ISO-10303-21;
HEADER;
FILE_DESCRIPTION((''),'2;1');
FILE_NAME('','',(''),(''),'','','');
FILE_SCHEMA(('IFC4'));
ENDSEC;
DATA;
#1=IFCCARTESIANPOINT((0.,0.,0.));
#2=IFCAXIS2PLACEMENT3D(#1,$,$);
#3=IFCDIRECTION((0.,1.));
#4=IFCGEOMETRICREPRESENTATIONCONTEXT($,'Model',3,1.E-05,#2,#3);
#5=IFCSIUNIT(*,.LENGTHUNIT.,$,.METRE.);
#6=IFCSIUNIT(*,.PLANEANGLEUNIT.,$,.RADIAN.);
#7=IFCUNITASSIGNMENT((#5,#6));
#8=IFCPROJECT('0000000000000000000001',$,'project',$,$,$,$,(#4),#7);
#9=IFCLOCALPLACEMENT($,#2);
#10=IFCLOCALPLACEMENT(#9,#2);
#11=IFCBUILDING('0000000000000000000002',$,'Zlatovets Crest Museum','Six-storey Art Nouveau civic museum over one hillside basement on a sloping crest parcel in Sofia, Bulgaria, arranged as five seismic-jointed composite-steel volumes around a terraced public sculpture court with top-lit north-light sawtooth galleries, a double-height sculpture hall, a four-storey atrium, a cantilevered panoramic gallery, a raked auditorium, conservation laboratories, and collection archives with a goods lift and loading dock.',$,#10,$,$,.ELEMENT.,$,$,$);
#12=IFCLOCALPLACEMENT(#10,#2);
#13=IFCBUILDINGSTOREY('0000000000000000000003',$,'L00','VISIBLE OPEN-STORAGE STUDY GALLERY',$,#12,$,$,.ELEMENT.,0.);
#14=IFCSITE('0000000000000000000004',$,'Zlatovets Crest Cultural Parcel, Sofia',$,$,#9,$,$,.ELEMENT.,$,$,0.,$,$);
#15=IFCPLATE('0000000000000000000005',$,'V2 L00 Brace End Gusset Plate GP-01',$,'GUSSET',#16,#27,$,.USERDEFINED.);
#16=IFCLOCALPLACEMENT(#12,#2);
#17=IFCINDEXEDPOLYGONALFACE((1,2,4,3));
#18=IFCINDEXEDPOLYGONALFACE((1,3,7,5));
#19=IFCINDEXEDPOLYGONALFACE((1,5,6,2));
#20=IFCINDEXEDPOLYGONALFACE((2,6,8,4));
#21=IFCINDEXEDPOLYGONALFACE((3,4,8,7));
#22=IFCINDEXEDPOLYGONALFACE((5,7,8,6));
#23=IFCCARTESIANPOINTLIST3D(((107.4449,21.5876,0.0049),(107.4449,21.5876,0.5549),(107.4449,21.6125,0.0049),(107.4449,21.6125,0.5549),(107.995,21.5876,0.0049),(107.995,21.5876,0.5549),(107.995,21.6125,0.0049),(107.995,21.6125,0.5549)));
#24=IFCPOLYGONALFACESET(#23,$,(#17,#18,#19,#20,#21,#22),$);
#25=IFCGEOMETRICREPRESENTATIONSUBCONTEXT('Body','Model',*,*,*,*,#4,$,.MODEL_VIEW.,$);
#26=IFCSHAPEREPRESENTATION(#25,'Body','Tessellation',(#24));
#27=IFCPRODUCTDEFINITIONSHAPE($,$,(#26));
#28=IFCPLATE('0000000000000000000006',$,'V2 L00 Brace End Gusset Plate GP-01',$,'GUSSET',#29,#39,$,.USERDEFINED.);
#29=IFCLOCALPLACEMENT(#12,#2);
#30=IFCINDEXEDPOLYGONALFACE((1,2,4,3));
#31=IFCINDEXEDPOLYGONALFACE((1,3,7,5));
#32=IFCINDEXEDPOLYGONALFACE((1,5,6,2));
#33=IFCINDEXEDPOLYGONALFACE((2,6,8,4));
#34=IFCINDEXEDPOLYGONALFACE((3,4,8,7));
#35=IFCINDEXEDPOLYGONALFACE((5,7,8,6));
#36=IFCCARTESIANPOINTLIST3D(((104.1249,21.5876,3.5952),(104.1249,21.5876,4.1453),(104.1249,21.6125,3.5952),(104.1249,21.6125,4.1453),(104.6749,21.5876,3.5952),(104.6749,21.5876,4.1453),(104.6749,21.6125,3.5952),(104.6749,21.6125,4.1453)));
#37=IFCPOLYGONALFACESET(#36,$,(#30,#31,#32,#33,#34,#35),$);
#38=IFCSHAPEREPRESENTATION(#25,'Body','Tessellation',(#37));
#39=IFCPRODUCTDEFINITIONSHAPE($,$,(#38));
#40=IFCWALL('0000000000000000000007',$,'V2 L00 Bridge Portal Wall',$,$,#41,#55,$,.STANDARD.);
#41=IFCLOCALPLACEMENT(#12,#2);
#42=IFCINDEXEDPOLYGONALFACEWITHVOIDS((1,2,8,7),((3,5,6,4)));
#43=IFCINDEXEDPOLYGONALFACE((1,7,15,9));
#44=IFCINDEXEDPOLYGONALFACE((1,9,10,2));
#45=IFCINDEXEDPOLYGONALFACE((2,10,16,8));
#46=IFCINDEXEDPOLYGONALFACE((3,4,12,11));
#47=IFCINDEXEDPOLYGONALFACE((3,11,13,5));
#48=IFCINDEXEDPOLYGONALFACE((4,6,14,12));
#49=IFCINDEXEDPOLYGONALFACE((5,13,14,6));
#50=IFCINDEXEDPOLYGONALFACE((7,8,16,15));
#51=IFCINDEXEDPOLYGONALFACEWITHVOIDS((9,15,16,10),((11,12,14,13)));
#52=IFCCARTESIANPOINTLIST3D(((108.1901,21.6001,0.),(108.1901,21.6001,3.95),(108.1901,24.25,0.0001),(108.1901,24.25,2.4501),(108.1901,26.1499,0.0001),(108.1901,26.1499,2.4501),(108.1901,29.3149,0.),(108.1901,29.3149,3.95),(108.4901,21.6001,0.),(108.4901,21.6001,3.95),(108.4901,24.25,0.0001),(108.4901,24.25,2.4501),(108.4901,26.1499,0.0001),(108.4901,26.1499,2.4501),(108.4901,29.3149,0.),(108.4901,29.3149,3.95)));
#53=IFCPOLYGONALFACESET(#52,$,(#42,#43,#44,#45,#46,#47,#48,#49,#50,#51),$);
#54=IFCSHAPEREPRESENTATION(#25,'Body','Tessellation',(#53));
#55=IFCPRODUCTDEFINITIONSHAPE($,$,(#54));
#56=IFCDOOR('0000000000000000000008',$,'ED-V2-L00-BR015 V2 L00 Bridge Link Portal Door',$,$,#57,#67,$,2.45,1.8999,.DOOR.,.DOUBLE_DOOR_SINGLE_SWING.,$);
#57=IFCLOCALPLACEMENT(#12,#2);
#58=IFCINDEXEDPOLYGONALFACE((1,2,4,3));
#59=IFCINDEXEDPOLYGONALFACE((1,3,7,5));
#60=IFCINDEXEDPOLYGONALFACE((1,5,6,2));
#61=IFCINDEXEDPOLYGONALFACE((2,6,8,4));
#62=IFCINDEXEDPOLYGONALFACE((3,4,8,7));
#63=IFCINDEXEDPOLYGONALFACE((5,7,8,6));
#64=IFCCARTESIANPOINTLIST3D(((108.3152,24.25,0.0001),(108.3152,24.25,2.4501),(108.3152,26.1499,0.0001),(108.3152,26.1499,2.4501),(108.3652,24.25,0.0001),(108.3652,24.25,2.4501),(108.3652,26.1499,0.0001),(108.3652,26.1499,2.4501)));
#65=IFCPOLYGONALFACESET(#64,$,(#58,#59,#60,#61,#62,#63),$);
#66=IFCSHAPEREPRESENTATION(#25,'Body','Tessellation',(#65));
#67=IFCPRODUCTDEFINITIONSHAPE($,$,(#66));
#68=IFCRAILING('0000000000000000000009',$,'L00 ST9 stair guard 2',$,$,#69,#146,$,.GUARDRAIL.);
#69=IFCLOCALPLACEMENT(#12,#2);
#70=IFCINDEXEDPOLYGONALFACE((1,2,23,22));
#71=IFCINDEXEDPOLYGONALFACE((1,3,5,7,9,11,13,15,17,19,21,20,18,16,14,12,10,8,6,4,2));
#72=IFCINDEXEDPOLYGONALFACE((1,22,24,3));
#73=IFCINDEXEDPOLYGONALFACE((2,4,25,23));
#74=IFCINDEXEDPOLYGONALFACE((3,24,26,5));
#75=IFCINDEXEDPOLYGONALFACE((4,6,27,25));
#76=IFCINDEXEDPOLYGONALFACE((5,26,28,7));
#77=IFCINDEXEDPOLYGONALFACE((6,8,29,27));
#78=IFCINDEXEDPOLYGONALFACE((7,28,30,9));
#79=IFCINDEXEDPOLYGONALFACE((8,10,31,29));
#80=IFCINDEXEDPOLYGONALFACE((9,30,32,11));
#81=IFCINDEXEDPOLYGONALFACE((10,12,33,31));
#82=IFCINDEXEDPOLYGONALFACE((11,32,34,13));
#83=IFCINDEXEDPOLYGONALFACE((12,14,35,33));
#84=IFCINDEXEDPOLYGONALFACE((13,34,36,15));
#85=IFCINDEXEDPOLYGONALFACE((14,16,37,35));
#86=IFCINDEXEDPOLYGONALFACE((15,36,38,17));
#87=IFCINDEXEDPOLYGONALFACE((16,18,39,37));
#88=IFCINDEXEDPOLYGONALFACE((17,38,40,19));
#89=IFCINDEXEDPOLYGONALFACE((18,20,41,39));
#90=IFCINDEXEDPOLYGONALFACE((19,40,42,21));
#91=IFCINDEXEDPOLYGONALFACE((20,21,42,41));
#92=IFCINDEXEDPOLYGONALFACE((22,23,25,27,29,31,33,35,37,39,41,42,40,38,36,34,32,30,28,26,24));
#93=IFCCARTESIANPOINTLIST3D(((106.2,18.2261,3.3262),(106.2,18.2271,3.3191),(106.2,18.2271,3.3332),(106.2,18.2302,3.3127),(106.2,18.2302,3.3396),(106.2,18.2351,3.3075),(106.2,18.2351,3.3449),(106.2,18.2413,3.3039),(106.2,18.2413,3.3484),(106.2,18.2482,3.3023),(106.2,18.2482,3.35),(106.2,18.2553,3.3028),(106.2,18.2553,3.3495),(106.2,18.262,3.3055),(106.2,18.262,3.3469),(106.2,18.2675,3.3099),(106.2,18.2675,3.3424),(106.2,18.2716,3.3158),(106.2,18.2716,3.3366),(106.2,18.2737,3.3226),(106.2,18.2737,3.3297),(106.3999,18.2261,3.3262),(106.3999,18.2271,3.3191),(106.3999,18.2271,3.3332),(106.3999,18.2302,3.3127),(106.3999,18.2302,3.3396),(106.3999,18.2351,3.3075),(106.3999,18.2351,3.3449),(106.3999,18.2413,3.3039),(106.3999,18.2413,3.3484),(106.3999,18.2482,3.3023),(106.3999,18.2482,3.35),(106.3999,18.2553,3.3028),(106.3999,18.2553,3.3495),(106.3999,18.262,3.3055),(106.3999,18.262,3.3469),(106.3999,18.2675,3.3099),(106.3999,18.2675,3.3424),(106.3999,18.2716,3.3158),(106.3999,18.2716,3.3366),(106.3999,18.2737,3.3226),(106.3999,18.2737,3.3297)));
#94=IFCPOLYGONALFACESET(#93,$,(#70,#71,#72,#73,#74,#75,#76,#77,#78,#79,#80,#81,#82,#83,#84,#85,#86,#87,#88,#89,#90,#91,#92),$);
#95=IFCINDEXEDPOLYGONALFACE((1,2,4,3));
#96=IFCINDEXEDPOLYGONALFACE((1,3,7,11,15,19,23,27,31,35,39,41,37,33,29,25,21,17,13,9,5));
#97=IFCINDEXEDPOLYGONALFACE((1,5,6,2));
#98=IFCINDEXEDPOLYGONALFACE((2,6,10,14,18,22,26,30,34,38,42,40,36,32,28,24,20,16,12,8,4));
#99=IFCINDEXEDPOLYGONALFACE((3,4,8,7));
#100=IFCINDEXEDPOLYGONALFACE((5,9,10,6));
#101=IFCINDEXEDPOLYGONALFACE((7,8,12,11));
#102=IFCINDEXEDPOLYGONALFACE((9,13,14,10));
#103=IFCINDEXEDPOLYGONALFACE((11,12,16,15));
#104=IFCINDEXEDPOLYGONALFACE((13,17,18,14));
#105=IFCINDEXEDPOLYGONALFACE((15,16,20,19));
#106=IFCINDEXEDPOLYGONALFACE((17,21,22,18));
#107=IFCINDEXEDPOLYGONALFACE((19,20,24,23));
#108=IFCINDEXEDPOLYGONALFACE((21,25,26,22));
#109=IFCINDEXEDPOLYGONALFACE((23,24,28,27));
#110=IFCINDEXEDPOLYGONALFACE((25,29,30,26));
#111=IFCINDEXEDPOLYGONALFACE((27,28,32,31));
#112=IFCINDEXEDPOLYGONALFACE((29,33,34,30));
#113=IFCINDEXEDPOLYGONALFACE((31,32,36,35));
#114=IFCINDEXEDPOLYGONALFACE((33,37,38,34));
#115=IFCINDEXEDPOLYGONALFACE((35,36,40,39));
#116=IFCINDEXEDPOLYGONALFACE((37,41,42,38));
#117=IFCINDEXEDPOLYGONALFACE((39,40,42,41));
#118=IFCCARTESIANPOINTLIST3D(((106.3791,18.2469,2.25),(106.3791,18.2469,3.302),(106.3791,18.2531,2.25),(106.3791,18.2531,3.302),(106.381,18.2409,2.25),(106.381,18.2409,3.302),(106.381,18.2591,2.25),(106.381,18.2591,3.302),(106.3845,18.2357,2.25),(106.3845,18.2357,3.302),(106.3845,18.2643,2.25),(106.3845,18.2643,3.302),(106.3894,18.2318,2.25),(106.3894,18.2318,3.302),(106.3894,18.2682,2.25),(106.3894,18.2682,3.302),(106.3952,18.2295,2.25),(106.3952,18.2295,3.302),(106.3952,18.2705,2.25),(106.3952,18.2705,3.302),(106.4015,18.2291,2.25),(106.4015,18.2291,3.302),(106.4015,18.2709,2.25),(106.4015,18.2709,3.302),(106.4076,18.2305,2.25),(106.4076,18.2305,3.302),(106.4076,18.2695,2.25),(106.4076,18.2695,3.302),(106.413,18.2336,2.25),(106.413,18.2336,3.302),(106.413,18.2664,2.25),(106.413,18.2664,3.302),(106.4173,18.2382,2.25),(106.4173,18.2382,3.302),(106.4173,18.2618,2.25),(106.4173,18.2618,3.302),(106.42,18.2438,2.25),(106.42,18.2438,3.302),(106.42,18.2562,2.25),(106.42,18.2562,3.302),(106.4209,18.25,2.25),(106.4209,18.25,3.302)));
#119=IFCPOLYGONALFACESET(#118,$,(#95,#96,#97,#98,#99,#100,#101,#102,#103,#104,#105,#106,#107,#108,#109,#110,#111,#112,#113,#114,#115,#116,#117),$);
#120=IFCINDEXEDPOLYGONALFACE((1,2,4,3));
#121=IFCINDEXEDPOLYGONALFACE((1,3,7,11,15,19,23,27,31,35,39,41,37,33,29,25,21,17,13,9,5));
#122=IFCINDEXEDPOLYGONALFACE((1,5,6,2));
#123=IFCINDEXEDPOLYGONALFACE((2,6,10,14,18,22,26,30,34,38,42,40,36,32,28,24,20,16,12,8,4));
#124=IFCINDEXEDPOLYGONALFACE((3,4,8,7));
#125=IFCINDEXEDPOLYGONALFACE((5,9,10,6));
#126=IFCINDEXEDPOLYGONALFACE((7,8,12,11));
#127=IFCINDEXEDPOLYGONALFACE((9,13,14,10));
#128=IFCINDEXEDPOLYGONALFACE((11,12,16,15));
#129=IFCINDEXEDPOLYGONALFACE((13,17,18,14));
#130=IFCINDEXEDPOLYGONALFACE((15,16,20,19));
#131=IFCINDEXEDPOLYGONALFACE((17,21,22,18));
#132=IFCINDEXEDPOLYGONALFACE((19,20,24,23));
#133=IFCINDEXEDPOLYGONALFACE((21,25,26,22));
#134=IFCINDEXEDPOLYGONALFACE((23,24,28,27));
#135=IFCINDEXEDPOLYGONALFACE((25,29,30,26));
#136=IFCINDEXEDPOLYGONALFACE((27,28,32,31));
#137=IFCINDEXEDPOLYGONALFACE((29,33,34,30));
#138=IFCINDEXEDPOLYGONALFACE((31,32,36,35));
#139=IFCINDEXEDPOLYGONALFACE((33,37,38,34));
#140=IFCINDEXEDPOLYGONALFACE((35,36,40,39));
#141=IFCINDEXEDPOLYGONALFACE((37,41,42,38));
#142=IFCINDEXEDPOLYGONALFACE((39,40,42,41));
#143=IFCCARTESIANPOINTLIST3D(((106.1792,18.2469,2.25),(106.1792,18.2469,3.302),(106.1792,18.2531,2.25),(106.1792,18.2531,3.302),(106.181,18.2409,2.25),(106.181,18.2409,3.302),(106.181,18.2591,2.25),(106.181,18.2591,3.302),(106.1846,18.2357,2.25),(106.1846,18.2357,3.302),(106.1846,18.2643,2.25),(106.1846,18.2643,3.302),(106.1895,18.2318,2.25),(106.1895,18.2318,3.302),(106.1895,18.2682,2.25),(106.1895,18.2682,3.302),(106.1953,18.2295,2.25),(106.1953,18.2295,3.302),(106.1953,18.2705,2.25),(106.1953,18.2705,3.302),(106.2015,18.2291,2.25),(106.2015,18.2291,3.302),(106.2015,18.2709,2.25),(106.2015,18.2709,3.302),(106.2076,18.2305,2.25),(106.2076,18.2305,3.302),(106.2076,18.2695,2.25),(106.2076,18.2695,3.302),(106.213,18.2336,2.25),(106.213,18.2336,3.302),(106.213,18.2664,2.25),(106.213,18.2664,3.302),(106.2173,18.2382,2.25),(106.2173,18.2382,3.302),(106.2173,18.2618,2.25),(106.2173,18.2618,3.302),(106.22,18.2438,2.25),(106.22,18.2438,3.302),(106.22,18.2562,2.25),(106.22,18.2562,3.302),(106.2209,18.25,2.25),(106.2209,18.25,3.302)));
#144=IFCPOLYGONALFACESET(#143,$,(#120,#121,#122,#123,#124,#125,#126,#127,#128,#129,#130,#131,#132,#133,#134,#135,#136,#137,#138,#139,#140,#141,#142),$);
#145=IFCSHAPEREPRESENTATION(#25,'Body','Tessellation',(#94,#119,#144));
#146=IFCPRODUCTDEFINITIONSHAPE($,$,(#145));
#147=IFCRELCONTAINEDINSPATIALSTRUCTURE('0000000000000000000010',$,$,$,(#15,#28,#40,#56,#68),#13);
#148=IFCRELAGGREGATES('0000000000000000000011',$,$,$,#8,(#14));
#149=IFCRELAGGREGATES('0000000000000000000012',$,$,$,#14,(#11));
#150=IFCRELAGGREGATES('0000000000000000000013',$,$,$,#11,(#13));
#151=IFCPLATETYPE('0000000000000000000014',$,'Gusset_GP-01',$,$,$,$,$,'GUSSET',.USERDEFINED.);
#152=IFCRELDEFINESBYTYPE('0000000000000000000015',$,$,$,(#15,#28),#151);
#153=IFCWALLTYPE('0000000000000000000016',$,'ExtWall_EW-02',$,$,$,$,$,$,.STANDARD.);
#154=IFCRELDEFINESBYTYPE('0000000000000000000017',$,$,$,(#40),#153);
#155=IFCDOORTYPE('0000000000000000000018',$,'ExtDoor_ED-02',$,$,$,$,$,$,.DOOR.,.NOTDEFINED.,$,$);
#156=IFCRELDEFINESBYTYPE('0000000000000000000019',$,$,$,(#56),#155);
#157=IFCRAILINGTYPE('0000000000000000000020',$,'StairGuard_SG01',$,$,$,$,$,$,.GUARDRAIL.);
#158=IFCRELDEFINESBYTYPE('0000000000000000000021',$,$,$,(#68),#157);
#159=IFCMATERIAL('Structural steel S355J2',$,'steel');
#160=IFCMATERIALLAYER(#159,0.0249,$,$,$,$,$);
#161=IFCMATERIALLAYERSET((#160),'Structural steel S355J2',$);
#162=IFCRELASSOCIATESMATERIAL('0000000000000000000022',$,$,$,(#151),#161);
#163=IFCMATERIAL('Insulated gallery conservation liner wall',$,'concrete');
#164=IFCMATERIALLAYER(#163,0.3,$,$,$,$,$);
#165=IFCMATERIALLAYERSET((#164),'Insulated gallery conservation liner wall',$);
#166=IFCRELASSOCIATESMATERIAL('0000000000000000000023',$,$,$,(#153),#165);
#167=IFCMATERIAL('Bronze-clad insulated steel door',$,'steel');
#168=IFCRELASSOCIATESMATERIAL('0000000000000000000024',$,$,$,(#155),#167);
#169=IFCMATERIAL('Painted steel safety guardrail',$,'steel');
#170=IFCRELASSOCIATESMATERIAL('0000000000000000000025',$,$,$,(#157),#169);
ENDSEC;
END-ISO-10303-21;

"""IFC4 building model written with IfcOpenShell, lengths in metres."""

from ifc_helpers import new_model, si_unit, direction, frame, frame_2d, origin, origin_2d, place, context, subcontext, project, spatial, rectangle, circle, extrude, material, layer, layer_set, type_object, element, fill, save


model = new_model("IFC4")

# Units and contexts
model_context = context("Model", 3, precision=1e-05, world=origin(), true_north=direction((0.0, 1.0)))
body_context = subcontext(model_context, "Body", "Model", "MODEL_VIEW")
ifc_project = project(units=[si_unit("LENGTHUNIT", "METRE"), si_unit("PLANEANGLEUNIT", "RADIAN")], contexts=[model_context])

# Site, building, storey
site_placement = place(None, origin())
site = spatial("IfcSite", under=ifc_project, at=site_placement, Name="Zlatovets Crest Cultural Parcel, Sofia", CompositionType="ELEMENT", RefElevation=0.0)
building_placement = place(site_placement, origin())
building = spatial("IfcBuilding", under=site, at=building_placement, Name="Zlatovets Crest Museum", Description="Six-storey Art Nouveau civic museum over one hillside basement on a sloping crest parcel in Sofia, Bulgaria, arranged as five seismic-jointed composite-steel volumes around a terraced public sculpture court with top-lit north-light sawtooth galleries, a double-height sculpture hall, a four-storey atrium, a cantilevered panoramic gallery, a raked auditorium, conservation laboratories, and collection archives with a goods lift and loading dock.", CompositionType="ELEMENT")
storey_placement = place(building_placement, origin())
storey = spatial("IfcBuildingStorey", under=building, at=storey_placement, Name="L00", Description="VISIBLE OPEN-STORAGE STUDY GALLERY", CompositionType="ELEMENT", Elevation=0.0)

# Shared definitions
ifc_material_1 = material(Name="Structural steel S355J2", Category="steel")

# Plates
ifc_layer_1 = layer(ifc_material_1, 0.0249)
ifc_layer_set_1 = layer_set([ifc_layer_1], Name="Structural steel S355J2")
plate_type_1 = type_object("IfcPlateType", Name="Gusset_GP-01", ElementType="GUSSET", PredefinedType="USERDEFINED", material=ifc_layer_set_1)
for number, where, z_axis, x_axis, name in (
    (1, (107.72, 21.6001, 0.0049), (0.0, 0.0, 1.0), (1.0, 0.0, 0.0), "V2 L00 Brace End Gusset Plate GP-01"),
    (2, (104.3999, 21.6001, 3.5952), (0.0, 0.0, 1.0), (1.0, 0.0, 0.0), "V2 L00 Brace End Gusset Plate GP-01"),
):
    element("IfcPlate", number, at=place(storey_placement, frame(where, z_axis=z_axis, x_axis=x_axis)), inside=storey, type_object=plate_type_1, Name=name, ObjectType="GUSSET", PredefinedType="USERDEFINED", context=body_context, shape_type="SweptSolid", body=[
        extrude(rectangle(XDim=0.55, YDim=0.0249, at=origin_2d()), origin(), (0.0, 0.0, 1.0), 0.55),
    ])

# Wall, opening, door
ifc_material_2 = material(Name="Insulated gallery conservation liner wall", Category="concrete")
ifc_layer_2 = layer(ifc_material_2, 0.3)
ifc_layer_set_2 = layer_set([ifc_layer_2], Name="Insulated gallery conservation liner wall")
wall_type = type_object("IfcWallType", Name="ExtWall_EW-02", PredefinedType="STANDARD", material=ifc_layer_set_2)
wall_placement = place(storey_placement, frame((108.3401, 21.6001, 0.0), z_axis=(0.0, 0.0, 1.0), x_axis=(0.0, 1.0, 0.0)))
wall = element("IfcWall", 3, at=wall_placement, inside=storey, type_object=wall_type, Name="V2 L00 Bridge Portal Wall", PredefinedType="STANDARD", context=body_context, shape_type="SweptSolid", body=[
    extrude(rectangle(XDim=7.7148, YDim=0.3, at=frame_2d((3.8574, 0.0))), origin(), (0.0, 0.0, 1.0), 3.95),
])
opening_placement = place(wall_placement, frame((2.6499, 0.0, 0.0)))
opening = element("IfcOpeningElement", 4, at=opening_placement, cuts=wall, PredefinedType="OPENING", context=body_context, shape_type="SweptSolid", body=[
    extrude(rectangle(XDim=1.8999, YDim=2.45, at=frame_2d((0.95, 1.2251))), frame((0.0, 0.1602, 0.0), z_axis=(0.0, -1.0, 0.0), x_axis=(1.0, 0.0, 0.0)), (0.0, 0.0, 1.0), 0.3201),
])
ifc_material_3 = material(Name="Bronze-clad insulated steel door", Category="steel")
door_type = type_object("IfcDoorType", Name="ExtDoor_ED-02", OperationType="NOTDEFINED", PredefinedType="DOOR", material=ifc_material_3)
door_placement = place(opening_placement, origin())
door = element("IfcDoor", 5, at=door_placement, inside=storey, type_object=door_type, Name="ED-V2-L00-BR015 V2 L00 Bridge Link Portal Door", OperationType="DOUBLE_DOOR_SINGLE_SWING", OverallHeight=2.45, OverallWidth=1.8999, PredefinedType="DOOR", context=body_context, shape_type="SweptSolid", body=[
    extrude(rectangle(XDim=1.8999, YDim=2.45, at=frame_2d((0.95, 1.2251))), frame((0.0, 0.0249, 0.0), z_axis=(0.0, -1.0, 0.0), x_axis=(1.0, 0.0, 0.0)), (0.0, 0.0, 1.0), 0.05),
])
fill(opening, door)

# Railing
ifc_material_4 = material(Name="Painted steel safety guardrail", Category="steel")
railing_type = type_object("IfcRailingType", Name="StairGuard_SG01", PredefinedType="GUARDRAIL", material=ifc_material_4)
railing_1_placement = place(storey_placement, frame((106.3999, 18.25, 2.25)))
element("IfcRailing", 6, at=railing_1_placement, inside=storey, type_object=railing_type, Name="L00 ST9 stair guard 2", PredefinedType="GUARDRAIL", context=body_context, shape_type="SweptSolid", body=[
    extrude(circle(Radius=0.0239, at=origin_2d()), frame((0.0, 0.0, 1.0762), z_axis=(-1.0, 0.0, 0.0), x_axis=(0.0, -1.0, 0.0)), (0.0, 0.0, 1.0), 0.2),
    extrude(circle(Radius=0.021, at=origin_2d()), origin(), (0.0, 0.0, 1.0), 1.052),
    extrude(circle(Radius=0.021, at=origin_2d()), frame((-0.2, 0.0, 0.0)), (0.0, 0.0, 1.0), 1.052),
])

save(model, "model.ifc")
